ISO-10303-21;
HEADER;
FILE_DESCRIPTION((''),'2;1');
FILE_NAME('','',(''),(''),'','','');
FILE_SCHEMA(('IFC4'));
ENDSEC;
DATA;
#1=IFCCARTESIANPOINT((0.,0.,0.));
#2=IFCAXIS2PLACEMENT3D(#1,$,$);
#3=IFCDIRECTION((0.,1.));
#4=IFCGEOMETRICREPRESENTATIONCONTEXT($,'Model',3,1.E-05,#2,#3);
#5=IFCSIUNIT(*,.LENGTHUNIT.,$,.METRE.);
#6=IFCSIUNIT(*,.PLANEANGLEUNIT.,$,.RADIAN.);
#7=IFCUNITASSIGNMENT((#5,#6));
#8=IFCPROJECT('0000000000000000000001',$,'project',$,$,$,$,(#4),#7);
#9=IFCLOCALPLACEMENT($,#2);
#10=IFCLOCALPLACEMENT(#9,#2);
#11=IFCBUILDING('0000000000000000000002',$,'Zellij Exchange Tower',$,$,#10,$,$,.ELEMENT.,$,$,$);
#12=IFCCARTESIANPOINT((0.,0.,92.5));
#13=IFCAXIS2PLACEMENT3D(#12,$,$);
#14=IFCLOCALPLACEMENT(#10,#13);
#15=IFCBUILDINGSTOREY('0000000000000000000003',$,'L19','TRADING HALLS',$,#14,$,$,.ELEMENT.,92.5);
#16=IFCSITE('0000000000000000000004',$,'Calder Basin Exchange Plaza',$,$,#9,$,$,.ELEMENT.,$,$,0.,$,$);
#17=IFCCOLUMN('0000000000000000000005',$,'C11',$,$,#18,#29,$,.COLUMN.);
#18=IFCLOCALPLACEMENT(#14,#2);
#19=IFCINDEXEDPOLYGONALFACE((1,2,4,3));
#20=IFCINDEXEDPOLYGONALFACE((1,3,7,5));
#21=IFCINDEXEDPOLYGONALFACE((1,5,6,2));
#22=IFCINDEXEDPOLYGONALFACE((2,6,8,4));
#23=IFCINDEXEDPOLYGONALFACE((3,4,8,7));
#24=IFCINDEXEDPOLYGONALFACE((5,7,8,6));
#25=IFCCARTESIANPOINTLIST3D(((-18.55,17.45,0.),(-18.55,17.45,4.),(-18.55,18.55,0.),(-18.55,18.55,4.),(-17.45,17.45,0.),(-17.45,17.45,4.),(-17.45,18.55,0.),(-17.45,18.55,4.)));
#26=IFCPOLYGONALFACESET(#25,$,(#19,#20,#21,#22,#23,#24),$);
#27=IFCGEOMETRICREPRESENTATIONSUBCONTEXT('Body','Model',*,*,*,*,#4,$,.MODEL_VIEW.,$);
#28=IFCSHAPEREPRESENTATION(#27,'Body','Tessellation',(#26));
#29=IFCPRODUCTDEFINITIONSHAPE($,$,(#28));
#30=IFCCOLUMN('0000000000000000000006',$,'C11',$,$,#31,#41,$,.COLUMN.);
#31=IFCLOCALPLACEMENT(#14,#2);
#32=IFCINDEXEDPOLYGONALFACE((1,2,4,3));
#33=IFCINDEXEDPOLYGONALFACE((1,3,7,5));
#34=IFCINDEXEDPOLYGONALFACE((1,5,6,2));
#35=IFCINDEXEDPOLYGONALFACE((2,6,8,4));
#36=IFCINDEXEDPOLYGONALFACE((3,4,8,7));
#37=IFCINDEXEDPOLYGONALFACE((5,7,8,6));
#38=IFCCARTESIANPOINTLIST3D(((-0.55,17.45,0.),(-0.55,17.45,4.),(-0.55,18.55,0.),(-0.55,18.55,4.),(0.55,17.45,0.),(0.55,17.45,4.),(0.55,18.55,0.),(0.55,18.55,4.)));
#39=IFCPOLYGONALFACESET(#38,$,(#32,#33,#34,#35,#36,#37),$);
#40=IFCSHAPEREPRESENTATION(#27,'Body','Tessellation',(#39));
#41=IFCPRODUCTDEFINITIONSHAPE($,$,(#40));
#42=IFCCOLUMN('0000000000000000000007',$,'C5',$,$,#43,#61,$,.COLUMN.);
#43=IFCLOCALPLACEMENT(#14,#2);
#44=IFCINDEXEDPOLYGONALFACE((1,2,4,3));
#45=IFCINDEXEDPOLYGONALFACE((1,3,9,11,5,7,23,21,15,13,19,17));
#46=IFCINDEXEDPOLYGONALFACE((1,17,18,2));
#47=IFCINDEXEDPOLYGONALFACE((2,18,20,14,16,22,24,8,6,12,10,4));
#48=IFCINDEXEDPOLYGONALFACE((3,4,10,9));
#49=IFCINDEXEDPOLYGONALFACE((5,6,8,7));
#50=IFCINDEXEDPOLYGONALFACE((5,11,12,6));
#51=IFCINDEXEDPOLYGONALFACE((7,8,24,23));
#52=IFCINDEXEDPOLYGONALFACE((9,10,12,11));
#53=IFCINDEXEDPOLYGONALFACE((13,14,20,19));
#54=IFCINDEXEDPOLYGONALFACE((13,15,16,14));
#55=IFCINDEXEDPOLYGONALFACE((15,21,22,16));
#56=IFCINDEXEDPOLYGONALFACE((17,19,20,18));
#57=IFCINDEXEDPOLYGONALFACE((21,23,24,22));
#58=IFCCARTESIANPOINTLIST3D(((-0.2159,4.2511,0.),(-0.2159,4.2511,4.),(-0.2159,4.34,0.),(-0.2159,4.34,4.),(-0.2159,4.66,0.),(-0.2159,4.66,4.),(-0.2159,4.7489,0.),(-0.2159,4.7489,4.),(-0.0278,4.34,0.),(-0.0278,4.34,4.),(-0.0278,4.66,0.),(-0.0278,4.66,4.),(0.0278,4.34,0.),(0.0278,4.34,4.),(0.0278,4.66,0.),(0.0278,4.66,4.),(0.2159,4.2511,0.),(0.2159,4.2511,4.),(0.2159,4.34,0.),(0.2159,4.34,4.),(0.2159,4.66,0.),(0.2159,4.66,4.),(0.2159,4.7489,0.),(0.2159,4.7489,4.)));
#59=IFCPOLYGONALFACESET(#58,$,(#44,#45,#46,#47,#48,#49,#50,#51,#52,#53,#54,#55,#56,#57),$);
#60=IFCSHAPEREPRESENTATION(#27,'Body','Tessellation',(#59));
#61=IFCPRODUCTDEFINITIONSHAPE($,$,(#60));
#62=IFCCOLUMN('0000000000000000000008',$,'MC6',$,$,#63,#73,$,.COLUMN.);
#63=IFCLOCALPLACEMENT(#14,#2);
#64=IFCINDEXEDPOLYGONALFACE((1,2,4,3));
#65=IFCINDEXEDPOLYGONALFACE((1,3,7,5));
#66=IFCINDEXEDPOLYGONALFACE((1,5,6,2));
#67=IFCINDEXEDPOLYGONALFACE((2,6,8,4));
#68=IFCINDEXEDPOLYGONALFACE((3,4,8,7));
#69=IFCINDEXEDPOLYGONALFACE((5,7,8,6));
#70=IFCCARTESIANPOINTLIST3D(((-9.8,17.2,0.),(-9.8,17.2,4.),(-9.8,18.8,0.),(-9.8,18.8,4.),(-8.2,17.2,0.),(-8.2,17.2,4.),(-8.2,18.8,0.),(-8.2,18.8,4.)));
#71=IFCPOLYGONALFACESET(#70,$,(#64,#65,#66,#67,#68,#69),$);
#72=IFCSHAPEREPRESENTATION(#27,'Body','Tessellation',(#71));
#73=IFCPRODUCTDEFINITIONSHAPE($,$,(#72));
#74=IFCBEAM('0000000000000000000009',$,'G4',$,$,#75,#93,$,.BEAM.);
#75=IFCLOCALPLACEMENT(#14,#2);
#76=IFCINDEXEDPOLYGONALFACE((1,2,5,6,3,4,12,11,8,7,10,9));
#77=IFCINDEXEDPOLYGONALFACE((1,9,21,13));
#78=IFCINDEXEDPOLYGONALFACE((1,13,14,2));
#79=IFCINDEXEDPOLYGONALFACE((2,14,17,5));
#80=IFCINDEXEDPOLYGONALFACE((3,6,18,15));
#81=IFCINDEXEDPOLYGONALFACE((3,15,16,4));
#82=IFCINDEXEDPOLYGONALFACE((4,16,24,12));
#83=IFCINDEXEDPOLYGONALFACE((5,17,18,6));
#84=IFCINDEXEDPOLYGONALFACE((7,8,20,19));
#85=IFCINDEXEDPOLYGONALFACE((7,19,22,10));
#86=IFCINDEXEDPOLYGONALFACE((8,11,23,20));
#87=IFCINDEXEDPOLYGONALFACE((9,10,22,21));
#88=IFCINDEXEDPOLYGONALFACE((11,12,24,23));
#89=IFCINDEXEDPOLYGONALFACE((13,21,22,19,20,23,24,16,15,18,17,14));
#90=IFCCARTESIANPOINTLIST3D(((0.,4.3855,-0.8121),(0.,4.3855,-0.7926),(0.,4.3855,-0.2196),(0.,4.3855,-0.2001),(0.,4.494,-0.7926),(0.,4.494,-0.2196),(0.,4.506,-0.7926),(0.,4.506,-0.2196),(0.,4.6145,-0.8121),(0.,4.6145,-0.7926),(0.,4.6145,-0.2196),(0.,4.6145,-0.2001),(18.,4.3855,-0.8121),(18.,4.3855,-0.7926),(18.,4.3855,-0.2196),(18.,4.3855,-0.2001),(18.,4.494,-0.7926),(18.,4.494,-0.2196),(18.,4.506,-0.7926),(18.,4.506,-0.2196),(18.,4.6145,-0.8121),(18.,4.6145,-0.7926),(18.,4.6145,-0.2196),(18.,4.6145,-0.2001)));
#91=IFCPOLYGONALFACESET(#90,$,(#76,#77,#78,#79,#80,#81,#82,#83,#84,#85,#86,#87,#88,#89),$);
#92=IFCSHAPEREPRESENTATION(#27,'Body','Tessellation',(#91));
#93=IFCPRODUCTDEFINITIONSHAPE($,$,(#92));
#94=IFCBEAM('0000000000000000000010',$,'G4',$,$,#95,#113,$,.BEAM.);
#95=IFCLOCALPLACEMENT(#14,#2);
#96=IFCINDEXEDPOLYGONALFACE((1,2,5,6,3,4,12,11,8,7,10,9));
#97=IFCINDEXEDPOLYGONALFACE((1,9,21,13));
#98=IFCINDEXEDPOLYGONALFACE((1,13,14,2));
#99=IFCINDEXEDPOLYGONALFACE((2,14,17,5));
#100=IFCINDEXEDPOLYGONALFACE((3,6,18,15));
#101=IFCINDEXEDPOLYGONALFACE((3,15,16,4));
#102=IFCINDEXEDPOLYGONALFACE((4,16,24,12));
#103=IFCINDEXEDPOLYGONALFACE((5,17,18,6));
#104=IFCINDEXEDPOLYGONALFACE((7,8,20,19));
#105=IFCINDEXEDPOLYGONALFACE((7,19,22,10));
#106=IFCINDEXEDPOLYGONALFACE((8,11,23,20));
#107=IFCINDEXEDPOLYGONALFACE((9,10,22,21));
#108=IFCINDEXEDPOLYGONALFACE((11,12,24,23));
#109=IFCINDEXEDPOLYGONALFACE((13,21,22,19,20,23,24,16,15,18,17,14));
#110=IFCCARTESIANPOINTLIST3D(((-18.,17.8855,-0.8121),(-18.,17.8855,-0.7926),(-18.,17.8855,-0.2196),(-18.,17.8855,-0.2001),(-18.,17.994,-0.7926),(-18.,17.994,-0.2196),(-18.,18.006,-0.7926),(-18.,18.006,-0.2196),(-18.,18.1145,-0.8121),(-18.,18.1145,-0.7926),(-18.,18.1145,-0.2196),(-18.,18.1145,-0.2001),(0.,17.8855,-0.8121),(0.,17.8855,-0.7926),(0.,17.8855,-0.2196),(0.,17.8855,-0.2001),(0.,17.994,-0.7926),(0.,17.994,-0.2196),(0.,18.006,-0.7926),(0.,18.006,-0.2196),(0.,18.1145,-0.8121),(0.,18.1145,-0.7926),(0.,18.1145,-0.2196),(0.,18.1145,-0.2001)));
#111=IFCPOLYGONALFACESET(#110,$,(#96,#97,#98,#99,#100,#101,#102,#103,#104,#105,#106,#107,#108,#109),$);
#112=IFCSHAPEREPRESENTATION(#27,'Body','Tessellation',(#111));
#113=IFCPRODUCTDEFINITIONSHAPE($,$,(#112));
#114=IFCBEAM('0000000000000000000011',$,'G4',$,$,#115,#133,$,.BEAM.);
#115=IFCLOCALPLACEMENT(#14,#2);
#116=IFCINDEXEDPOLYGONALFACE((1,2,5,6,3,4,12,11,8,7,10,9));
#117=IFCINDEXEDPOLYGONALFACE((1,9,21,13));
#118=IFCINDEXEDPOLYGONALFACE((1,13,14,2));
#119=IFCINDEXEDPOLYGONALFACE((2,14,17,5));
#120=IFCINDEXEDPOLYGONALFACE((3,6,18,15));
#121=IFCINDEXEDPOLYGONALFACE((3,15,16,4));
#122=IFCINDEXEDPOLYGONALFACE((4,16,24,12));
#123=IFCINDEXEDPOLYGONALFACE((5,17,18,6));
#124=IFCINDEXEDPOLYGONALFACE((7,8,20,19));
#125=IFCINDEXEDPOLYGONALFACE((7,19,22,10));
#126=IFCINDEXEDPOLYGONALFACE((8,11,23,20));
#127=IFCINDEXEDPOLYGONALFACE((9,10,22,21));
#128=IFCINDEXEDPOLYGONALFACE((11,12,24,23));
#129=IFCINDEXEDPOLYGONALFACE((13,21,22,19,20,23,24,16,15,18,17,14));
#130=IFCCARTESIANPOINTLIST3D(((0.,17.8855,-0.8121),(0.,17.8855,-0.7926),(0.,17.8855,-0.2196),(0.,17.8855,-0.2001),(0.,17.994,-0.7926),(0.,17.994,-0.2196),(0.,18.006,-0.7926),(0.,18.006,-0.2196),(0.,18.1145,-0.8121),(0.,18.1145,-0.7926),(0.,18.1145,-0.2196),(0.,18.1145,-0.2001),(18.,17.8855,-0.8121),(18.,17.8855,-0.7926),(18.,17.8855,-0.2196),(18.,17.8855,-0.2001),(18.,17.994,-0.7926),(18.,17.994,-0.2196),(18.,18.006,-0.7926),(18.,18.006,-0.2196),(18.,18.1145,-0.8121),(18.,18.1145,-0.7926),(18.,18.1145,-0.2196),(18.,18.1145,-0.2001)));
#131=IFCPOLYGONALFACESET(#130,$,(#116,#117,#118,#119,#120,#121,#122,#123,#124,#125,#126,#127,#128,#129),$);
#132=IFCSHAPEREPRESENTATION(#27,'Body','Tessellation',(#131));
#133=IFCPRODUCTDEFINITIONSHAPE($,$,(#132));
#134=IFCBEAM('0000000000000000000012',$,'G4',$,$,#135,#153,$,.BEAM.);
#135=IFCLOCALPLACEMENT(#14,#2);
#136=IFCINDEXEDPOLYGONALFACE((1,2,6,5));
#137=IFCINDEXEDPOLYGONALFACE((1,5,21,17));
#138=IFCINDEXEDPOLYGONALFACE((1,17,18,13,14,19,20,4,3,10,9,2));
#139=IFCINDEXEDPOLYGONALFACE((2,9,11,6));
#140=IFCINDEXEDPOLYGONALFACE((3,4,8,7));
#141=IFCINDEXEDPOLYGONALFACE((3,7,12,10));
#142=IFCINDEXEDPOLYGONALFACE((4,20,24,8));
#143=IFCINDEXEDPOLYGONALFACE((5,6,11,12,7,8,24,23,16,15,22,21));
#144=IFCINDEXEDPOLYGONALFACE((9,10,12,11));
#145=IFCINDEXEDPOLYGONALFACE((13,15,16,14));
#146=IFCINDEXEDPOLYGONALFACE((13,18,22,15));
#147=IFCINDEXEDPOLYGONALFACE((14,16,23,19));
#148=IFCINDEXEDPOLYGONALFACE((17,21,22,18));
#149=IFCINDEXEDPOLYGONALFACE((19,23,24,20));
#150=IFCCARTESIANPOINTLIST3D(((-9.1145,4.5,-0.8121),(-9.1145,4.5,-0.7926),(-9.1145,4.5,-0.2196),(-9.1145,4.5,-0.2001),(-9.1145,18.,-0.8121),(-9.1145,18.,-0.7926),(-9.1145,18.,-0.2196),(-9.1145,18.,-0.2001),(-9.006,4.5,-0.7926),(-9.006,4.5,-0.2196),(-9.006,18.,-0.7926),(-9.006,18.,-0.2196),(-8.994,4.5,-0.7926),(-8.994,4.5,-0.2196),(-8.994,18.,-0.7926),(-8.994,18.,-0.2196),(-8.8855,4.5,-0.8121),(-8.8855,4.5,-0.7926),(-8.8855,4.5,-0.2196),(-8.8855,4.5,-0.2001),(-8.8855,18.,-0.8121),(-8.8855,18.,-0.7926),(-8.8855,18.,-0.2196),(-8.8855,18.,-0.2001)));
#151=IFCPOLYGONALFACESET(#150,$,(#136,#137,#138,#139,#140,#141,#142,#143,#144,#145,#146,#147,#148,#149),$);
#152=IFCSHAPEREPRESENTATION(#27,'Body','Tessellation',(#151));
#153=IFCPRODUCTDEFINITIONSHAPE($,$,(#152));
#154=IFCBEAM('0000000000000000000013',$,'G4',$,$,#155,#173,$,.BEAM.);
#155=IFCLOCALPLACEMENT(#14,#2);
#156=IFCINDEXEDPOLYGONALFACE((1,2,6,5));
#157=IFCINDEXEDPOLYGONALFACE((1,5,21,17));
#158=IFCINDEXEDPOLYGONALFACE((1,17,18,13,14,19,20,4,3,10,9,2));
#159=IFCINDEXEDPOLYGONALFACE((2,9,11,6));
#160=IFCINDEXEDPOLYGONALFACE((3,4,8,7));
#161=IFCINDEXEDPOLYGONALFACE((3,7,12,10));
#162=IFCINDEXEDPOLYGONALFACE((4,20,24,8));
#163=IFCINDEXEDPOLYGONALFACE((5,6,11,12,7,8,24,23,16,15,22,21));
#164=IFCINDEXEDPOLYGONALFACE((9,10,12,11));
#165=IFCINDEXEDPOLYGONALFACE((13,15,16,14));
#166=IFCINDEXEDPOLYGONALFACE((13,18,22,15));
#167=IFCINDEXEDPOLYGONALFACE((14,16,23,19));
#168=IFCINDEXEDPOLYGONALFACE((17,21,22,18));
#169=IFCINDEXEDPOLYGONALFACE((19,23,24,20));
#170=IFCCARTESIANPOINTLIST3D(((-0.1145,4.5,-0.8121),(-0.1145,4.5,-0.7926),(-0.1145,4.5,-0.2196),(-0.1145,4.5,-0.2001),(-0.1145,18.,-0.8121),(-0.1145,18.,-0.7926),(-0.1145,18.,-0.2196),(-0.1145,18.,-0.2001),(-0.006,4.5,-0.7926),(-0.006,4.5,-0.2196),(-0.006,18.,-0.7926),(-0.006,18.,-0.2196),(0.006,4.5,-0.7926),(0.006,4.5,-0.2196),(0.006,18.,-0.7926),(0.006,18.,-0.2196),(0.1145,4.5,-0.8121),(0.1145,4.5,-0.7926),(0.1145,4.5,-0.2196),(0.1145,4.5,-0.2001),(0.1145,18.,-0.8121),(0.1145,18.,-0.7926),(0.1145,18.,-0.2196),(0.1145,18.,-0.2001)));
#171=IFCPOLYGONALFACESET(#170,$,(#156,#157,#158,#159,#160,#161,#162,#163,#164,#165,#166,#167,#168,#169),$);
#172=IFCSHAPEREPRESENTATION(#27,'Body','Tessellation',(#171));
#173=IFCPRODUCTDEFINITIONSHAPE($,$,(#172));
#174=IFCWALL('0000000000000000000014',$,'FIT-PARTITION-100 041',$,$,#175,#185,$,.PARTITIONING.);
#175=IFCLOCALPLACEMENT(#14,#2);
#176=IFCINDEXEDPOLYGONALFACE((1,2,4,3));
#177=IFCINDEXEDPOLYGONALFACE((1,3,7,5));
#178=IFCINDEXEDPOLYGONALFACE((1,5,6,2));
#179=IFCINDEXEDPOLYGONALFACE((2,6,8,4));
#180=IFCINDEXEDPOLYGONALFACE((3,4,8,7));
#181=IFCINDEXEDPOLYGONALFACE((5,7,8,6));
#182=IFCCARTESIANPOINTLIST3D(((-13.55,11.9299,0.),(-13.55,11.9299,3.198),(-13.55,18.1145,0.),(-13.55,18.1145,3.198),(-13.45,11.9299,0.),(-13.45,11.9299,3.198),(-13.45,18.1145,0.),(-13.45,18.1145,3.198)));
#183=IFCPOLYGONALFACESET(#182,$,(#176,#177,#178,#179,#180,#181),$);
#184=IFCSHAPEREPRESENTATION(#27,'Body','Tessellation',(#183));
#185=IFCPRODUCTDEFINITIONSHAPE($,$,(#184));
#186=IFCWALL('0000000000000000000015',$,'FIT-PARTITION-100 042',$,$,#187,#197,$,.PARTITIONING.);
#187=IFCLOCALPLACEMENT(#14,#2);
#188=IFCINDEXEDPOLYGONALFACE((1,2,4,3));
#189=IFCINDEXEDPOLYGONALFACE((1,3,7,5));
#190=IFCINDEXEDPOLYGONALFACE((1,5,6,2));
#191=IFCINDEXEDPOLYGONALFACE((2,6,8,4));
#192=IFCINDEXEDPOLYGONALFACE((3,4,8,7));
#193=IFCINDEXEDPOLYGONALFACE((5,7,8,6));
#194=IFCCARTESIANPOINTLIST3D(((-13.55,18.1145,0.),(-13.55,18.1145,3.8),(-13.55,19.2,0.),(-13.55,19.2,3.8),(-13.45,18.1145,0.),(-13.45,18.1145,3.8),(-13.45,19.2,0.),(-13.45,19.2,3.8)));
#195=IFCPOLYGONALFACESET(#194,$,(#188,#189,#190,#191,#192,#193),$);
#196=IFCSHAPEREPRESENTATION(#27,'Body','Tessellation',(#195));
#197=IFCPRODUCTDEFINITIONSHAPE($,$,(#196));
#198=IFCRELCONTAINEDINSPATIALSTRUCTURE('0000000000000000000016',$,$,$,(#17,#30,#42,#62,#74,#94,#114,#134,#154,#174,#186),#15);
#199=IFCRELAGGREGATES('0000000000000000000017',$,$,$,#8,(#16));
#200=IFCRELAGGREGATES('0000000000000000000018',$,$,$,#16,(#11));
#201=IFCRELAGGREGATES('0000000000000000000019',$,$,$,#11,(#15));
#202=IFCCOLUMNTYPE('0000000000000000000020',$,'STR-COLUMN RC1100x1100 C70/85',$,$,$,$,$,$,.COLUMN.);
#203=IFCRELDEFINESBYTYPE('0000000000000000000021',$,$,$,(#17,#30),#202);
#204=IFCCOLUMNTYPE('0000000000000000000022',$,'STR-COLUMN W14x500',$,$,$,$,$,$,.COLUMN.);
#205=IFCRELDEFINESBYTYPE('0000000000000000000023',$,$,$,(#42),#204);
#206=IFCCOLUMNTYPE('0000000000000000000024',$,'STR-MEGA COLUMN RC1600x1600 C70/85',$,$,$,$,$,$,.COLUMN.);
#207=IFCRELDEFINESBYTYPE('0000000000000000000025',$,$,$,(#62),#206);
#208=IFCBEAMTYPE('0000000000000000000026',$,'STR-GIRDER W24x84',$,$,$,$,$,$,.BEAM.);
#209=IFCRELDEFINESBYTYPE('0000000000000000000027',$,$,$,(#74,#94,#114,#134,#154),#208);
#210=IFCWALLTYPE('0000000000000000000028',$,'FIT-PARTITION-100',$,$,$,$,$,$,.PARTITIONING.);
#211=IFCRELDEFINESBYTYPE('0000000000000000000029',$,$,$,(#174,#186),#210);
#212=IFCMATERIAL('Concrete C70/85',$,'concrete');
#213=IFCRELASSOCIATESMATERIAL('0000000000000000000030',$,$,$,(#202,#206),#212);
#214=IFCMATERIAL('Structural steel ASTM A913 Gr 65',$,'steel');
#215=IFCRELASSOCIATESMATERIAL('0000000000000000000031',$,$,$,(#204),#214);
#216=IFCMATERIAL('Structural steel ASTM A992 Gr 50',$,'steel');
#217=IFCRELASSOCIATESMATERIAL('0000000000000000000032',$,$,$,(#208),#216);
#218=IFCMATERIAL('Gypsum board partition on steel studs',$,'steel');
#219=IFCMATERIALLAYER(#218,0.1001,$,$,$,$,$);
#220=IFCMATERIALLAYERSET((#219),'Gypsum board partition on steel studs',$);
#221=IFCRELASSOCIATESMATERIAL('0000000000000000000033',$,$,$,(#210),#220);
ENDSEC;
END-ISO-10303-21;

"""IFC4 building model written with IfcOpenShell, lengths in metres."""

from ifc_helpers import new_model, si_unit, direction, frame, frame_2d, origin, origin_2d, place, context, subcontext, project, spatial, rectangle, i_section, extrude, material, layer, layer_set, material_profile, profile_set, type_object, element, save


model = new_model("IFC4")

# Units and contexts
model_context = context("Model", 3, precision=1e-05, world=origin(), true_north=direction((0.0, 1.0)))
body_context = subcontext(model_context, "Body", "Model", "MODEL_VIEW")
ifc_project = project(units=[si_unit("LENGTHUNIT", "METRE"), si_unit("PLANEANGLEUNIT", "RADIAN")], contexts=[model_context])

# Site, building, storey
site_placement = place(None, origin())
site = spatial("IfcSite", under=ifc_project, at=site_placement, Name="Calder Basin Exchange Plaza", CompositionType="ELEMENT", RefElevation=0.0)
building_placement = place(site_placement, origin())
building = spatial("IfcBuilding", under=site, at=building_placement, Name="Zellij Exchange Tower", CompositionType="ELEMENT")
storey_placement = place(building_placement, frame((0.0, 0.0, 92.5)))
storey = spatial("IfcBuildingStorey", under=building, at=storey_placement, Name="L19", Description="TRADING HALLS", CompositionType="ELEMENT", Elevation=92.5)

# Columns
ifc_material_1 = material(Name="Concrete C70/85", Category="concrete")
ifc_material_profile_1 = material_profile(ifc_material_1, rectangle(XDim=1.1001, YDim=1.1001, at=origin_2d()), Name="STR-COLUMN RC1100x1100 C70/85")
ifc_profile_set_1 = profile_set([ifc_material_profile_1], Name="Concrete C70/85")
column_type_1 = type_object("IfcColumnType", Name="STR-COLUMN RC1100x1100 C70/85", PredefinedType="COLUMN", material=ifc_profile_set_1)
for number, where, z_axis, x_axis, name in (
    (1, (-18.0, 18.0, 0.0), (0.0, 0.0, 1.0), (1.0, 0.0, 0.0), "C11"),
    (2, (0.0, 18.0, 0.0), (0.0, 0.0, 1.0), (1.0, 0.0, 0.0), "C11"),
):
    element("IfcColumn", number, at=place(storey_placement, frame(where, z_axis=z_axis, x_axis=x_axis)), inside=storey, type_object=column_type_1, Name=name, PredefinedType="COLUMN", context=body_context, shape_type="SweptSolid", body=[
        extrude(rectangle(XDim=1.1001, YDim=1.1001, at=origin_2d()), origin(), (0.0, 0.0, 1.0), 4.0),
    ])
ifc_material_2 = material(Name="Structural steel ASTM A913 Gr 65", Category="steel")
ifc_material_profile_2 = material_profile(ifc_material_2, i_section(OverallWidth=0.4319, OverallDepth=0.4978, WebThickness=0.0557, FlangeThickness=0.0889, at=origin_2d()), Name="W14x500")
ifc_profile_set_2 = profile_set([ifc_material_profile_2], Name="Structural steel ASTM A913 Gr 65")
column_type_2 = type_object("IfcColumnType", Name="STR-COLUMN W14x500", PredefinedType="COLUMN", material=ifc_profile_set_2)
column_1_placement = place(storey_placement, frame((0.0, 4.5, 0.0), z_axis=(0.0, 0.0, 1.0), x_axis=(1.0, 0.0, 0.0)))
element("IfcColumn", 3, at=column_1_placement, inside=storey, type_object=column_type_2, Name="C5", PredefinedType="COLUMN", context=body_context, shape_type="SweptSolid", body=[
    extrude(i_section(OverallWidth=0.4319, OverallDepth=0.4978, WebThickness=0.0557, FlangeThickness=0.0889, at=origin_2d()), origin(), (0.0, 0.0, 1.0), 4.0),
])
ifc_material_profile_3 = material_profile(ifc_material_1, rectangle(XDim=1.6001, YDim=1.6001, at=origin_2d()), Name="STR-MEGA COLUMN RC1600x1600 C70/85")
ifc_profile_set_3 = profile_set([ifc_material_profile_3], Name="Concrete C70/85")
column_type_3 = type_object("IfcColumnType", Name="STR-MEGA COLUMN RC1600x1600 C70/85", PredefinedType="COLUMN", material=ifc_profile_set_3)
column_2_placement = place(storey_placement, frame((-9.0, 18.0, 0.0), z_axis=(0.0, 0.0, 1.0), x_axis=(1.0, 0.0, 0.0)))
element("IfcColumn", 4, at=column_2_placement, inside=storey, type_object=column_type_3, Name="MC6", PredefinedType="COLUMN", context=body_context, shape_type="SweptSolid", body=[
    extrude(rectangle(XDim=1.6001, YDim=1.6001, at=origin_2d()), origin(), (0.0, 0.0, 1.0), 4.0),
])

# Beams
ifc_material_3 = material(Name="Structural steel ASTM A992 Gr 50", Category="steel")
ifc_material_profile_4 = material_profile(ifc_material_3, i_section(OverallWidth=0.229, OverallDepth=0.6121, WebThickness=0.012, FlangeThickness=0.0195, at=origin_2d()), Name="W24x84")
ifc_profile_set_4 = profile_set([ifc_material_profile_4], Name="Structural steel ASTM A992 Gr 50")
beam_type = type_object("IfcBeamType", Name="STR-GIRDER W24x84", PredefinedType="BEAM", material=ifc_profile_set_4)
for number, where, z_axis, x_axis, name in (
    (5, (0.0, 4.5, -0.5061), (1.0, 0.0, 0.0), (0.0, 1.0, 0.0), "G4"),
    (6, (-18.0, 18.0, -0.5061), (1.0, 0.0, 0.0), (0.0, 1.0, 0.0), "G4"),
    (7, (0.0, 18.0, -0.5061), (1.0, 0.0, 0.0), (0.0, 1.0, 0.0), "G4"),
):
    element("IfcBeam", number, at=place(storey_placement, frame(where, z_axis=z_axis, x_axis=x_axis)), inside=storey, type_object=beam_type, Name=name, PredefinedType="BEAM", context=body_context, shape_type="SweptSolid", body=[
        extrude(i_section(OverallWidth=0.229, OverallDepth=0.6121, WebThickness=0.012, FlangeThickness=0.0195, at=origin_2d()), origin(), (0.0, 0.0, 1.0), 18.0),
    ])
for number, where, z_axis, x_axis, name in (
    (8, (-9.0, 4.5, -0.5061), (0.0, 1.0, 0.0), (-1.0, 0.0, 0.0), "G4"),
    (9, (0.0, 4.5, -0.5061), (0.0, 1.0, 0.0), (-1.0, 0.0, 0.0), "G4"),
):
    element("IfcBeam", number, at=place(storey_placement, frame(where, z_axis=z_axis, x_axis=x_axis)), inside=storey, type_object=beam_type, Name=name, PredefinedType="BEAM", context=body_context, shape_type="SweptSolid", body=[
        extrude(i_section(OverallWidth=0.229, OverallDepth=0.6121, WebThickness=0.012, FlangeThickness=0.0195, at=origin_2d()), origin(), (0.0, 0.0, 1.0), 13.5),
    ])

# Walls
ifc_material_4 = material(Name="Gypsum board partition on steel studs", Category="steel")
ifc_layer_1 = layer(ifc_material_4, 0.1001)
ifc_layer_set_1 = layer_set([ifc_layer_1], Name="Gypsum board partition on steel studs")
wall_type = type_object("IfcWallType", Name="FIT-PARTITION-100", PredefinedType="PARTITIONING", material=ifc_layer_set_1)
wall_1_placement = place(storey_placement, frame((-13.5, 11.9299, 0.0), z_axis=(0.0, 0.0, 1.0), x_axis=(0.0, 1.0, 0.0)))
element("IfcWall", 10, at=wall_1_placement, inside=storey, type_object=wall_type, Name="FIT-PARTITION-100 041", PredefinedType="PARTITIONING", context=body_context, shape_type="SweptSolid", body=[
    extrude(rectangle(XDim=6.1846, YDim=0.1001, at=frame_2d((3.0923, 0.0))), origin(), (0.0, 0.0, 1.0), 3.198),
])
wall_2_placement = place(storey_placement, frame((-13.5, 18.1145, 0.0), z_axis=(0.0, 0.0, 1.0), x_axis=(0.0, 1.0, 0.0)))
element("IfcWall", 11, at=wall_2_placement, inside=storey, type_object=wall_type, Name="FIT-PARTITION-100 042", PredefinedType="PARTITIONING", context=body_context, shape_type="SweptSolid", body=[
    extrude(rectangle(XDim=1.0854, YDim=0.1001, at=frame_2d((0.5427, 0.0))), origin(), (0.0, 0.0, 1.0), 3.8),
])

save(model, "model.ifc")
